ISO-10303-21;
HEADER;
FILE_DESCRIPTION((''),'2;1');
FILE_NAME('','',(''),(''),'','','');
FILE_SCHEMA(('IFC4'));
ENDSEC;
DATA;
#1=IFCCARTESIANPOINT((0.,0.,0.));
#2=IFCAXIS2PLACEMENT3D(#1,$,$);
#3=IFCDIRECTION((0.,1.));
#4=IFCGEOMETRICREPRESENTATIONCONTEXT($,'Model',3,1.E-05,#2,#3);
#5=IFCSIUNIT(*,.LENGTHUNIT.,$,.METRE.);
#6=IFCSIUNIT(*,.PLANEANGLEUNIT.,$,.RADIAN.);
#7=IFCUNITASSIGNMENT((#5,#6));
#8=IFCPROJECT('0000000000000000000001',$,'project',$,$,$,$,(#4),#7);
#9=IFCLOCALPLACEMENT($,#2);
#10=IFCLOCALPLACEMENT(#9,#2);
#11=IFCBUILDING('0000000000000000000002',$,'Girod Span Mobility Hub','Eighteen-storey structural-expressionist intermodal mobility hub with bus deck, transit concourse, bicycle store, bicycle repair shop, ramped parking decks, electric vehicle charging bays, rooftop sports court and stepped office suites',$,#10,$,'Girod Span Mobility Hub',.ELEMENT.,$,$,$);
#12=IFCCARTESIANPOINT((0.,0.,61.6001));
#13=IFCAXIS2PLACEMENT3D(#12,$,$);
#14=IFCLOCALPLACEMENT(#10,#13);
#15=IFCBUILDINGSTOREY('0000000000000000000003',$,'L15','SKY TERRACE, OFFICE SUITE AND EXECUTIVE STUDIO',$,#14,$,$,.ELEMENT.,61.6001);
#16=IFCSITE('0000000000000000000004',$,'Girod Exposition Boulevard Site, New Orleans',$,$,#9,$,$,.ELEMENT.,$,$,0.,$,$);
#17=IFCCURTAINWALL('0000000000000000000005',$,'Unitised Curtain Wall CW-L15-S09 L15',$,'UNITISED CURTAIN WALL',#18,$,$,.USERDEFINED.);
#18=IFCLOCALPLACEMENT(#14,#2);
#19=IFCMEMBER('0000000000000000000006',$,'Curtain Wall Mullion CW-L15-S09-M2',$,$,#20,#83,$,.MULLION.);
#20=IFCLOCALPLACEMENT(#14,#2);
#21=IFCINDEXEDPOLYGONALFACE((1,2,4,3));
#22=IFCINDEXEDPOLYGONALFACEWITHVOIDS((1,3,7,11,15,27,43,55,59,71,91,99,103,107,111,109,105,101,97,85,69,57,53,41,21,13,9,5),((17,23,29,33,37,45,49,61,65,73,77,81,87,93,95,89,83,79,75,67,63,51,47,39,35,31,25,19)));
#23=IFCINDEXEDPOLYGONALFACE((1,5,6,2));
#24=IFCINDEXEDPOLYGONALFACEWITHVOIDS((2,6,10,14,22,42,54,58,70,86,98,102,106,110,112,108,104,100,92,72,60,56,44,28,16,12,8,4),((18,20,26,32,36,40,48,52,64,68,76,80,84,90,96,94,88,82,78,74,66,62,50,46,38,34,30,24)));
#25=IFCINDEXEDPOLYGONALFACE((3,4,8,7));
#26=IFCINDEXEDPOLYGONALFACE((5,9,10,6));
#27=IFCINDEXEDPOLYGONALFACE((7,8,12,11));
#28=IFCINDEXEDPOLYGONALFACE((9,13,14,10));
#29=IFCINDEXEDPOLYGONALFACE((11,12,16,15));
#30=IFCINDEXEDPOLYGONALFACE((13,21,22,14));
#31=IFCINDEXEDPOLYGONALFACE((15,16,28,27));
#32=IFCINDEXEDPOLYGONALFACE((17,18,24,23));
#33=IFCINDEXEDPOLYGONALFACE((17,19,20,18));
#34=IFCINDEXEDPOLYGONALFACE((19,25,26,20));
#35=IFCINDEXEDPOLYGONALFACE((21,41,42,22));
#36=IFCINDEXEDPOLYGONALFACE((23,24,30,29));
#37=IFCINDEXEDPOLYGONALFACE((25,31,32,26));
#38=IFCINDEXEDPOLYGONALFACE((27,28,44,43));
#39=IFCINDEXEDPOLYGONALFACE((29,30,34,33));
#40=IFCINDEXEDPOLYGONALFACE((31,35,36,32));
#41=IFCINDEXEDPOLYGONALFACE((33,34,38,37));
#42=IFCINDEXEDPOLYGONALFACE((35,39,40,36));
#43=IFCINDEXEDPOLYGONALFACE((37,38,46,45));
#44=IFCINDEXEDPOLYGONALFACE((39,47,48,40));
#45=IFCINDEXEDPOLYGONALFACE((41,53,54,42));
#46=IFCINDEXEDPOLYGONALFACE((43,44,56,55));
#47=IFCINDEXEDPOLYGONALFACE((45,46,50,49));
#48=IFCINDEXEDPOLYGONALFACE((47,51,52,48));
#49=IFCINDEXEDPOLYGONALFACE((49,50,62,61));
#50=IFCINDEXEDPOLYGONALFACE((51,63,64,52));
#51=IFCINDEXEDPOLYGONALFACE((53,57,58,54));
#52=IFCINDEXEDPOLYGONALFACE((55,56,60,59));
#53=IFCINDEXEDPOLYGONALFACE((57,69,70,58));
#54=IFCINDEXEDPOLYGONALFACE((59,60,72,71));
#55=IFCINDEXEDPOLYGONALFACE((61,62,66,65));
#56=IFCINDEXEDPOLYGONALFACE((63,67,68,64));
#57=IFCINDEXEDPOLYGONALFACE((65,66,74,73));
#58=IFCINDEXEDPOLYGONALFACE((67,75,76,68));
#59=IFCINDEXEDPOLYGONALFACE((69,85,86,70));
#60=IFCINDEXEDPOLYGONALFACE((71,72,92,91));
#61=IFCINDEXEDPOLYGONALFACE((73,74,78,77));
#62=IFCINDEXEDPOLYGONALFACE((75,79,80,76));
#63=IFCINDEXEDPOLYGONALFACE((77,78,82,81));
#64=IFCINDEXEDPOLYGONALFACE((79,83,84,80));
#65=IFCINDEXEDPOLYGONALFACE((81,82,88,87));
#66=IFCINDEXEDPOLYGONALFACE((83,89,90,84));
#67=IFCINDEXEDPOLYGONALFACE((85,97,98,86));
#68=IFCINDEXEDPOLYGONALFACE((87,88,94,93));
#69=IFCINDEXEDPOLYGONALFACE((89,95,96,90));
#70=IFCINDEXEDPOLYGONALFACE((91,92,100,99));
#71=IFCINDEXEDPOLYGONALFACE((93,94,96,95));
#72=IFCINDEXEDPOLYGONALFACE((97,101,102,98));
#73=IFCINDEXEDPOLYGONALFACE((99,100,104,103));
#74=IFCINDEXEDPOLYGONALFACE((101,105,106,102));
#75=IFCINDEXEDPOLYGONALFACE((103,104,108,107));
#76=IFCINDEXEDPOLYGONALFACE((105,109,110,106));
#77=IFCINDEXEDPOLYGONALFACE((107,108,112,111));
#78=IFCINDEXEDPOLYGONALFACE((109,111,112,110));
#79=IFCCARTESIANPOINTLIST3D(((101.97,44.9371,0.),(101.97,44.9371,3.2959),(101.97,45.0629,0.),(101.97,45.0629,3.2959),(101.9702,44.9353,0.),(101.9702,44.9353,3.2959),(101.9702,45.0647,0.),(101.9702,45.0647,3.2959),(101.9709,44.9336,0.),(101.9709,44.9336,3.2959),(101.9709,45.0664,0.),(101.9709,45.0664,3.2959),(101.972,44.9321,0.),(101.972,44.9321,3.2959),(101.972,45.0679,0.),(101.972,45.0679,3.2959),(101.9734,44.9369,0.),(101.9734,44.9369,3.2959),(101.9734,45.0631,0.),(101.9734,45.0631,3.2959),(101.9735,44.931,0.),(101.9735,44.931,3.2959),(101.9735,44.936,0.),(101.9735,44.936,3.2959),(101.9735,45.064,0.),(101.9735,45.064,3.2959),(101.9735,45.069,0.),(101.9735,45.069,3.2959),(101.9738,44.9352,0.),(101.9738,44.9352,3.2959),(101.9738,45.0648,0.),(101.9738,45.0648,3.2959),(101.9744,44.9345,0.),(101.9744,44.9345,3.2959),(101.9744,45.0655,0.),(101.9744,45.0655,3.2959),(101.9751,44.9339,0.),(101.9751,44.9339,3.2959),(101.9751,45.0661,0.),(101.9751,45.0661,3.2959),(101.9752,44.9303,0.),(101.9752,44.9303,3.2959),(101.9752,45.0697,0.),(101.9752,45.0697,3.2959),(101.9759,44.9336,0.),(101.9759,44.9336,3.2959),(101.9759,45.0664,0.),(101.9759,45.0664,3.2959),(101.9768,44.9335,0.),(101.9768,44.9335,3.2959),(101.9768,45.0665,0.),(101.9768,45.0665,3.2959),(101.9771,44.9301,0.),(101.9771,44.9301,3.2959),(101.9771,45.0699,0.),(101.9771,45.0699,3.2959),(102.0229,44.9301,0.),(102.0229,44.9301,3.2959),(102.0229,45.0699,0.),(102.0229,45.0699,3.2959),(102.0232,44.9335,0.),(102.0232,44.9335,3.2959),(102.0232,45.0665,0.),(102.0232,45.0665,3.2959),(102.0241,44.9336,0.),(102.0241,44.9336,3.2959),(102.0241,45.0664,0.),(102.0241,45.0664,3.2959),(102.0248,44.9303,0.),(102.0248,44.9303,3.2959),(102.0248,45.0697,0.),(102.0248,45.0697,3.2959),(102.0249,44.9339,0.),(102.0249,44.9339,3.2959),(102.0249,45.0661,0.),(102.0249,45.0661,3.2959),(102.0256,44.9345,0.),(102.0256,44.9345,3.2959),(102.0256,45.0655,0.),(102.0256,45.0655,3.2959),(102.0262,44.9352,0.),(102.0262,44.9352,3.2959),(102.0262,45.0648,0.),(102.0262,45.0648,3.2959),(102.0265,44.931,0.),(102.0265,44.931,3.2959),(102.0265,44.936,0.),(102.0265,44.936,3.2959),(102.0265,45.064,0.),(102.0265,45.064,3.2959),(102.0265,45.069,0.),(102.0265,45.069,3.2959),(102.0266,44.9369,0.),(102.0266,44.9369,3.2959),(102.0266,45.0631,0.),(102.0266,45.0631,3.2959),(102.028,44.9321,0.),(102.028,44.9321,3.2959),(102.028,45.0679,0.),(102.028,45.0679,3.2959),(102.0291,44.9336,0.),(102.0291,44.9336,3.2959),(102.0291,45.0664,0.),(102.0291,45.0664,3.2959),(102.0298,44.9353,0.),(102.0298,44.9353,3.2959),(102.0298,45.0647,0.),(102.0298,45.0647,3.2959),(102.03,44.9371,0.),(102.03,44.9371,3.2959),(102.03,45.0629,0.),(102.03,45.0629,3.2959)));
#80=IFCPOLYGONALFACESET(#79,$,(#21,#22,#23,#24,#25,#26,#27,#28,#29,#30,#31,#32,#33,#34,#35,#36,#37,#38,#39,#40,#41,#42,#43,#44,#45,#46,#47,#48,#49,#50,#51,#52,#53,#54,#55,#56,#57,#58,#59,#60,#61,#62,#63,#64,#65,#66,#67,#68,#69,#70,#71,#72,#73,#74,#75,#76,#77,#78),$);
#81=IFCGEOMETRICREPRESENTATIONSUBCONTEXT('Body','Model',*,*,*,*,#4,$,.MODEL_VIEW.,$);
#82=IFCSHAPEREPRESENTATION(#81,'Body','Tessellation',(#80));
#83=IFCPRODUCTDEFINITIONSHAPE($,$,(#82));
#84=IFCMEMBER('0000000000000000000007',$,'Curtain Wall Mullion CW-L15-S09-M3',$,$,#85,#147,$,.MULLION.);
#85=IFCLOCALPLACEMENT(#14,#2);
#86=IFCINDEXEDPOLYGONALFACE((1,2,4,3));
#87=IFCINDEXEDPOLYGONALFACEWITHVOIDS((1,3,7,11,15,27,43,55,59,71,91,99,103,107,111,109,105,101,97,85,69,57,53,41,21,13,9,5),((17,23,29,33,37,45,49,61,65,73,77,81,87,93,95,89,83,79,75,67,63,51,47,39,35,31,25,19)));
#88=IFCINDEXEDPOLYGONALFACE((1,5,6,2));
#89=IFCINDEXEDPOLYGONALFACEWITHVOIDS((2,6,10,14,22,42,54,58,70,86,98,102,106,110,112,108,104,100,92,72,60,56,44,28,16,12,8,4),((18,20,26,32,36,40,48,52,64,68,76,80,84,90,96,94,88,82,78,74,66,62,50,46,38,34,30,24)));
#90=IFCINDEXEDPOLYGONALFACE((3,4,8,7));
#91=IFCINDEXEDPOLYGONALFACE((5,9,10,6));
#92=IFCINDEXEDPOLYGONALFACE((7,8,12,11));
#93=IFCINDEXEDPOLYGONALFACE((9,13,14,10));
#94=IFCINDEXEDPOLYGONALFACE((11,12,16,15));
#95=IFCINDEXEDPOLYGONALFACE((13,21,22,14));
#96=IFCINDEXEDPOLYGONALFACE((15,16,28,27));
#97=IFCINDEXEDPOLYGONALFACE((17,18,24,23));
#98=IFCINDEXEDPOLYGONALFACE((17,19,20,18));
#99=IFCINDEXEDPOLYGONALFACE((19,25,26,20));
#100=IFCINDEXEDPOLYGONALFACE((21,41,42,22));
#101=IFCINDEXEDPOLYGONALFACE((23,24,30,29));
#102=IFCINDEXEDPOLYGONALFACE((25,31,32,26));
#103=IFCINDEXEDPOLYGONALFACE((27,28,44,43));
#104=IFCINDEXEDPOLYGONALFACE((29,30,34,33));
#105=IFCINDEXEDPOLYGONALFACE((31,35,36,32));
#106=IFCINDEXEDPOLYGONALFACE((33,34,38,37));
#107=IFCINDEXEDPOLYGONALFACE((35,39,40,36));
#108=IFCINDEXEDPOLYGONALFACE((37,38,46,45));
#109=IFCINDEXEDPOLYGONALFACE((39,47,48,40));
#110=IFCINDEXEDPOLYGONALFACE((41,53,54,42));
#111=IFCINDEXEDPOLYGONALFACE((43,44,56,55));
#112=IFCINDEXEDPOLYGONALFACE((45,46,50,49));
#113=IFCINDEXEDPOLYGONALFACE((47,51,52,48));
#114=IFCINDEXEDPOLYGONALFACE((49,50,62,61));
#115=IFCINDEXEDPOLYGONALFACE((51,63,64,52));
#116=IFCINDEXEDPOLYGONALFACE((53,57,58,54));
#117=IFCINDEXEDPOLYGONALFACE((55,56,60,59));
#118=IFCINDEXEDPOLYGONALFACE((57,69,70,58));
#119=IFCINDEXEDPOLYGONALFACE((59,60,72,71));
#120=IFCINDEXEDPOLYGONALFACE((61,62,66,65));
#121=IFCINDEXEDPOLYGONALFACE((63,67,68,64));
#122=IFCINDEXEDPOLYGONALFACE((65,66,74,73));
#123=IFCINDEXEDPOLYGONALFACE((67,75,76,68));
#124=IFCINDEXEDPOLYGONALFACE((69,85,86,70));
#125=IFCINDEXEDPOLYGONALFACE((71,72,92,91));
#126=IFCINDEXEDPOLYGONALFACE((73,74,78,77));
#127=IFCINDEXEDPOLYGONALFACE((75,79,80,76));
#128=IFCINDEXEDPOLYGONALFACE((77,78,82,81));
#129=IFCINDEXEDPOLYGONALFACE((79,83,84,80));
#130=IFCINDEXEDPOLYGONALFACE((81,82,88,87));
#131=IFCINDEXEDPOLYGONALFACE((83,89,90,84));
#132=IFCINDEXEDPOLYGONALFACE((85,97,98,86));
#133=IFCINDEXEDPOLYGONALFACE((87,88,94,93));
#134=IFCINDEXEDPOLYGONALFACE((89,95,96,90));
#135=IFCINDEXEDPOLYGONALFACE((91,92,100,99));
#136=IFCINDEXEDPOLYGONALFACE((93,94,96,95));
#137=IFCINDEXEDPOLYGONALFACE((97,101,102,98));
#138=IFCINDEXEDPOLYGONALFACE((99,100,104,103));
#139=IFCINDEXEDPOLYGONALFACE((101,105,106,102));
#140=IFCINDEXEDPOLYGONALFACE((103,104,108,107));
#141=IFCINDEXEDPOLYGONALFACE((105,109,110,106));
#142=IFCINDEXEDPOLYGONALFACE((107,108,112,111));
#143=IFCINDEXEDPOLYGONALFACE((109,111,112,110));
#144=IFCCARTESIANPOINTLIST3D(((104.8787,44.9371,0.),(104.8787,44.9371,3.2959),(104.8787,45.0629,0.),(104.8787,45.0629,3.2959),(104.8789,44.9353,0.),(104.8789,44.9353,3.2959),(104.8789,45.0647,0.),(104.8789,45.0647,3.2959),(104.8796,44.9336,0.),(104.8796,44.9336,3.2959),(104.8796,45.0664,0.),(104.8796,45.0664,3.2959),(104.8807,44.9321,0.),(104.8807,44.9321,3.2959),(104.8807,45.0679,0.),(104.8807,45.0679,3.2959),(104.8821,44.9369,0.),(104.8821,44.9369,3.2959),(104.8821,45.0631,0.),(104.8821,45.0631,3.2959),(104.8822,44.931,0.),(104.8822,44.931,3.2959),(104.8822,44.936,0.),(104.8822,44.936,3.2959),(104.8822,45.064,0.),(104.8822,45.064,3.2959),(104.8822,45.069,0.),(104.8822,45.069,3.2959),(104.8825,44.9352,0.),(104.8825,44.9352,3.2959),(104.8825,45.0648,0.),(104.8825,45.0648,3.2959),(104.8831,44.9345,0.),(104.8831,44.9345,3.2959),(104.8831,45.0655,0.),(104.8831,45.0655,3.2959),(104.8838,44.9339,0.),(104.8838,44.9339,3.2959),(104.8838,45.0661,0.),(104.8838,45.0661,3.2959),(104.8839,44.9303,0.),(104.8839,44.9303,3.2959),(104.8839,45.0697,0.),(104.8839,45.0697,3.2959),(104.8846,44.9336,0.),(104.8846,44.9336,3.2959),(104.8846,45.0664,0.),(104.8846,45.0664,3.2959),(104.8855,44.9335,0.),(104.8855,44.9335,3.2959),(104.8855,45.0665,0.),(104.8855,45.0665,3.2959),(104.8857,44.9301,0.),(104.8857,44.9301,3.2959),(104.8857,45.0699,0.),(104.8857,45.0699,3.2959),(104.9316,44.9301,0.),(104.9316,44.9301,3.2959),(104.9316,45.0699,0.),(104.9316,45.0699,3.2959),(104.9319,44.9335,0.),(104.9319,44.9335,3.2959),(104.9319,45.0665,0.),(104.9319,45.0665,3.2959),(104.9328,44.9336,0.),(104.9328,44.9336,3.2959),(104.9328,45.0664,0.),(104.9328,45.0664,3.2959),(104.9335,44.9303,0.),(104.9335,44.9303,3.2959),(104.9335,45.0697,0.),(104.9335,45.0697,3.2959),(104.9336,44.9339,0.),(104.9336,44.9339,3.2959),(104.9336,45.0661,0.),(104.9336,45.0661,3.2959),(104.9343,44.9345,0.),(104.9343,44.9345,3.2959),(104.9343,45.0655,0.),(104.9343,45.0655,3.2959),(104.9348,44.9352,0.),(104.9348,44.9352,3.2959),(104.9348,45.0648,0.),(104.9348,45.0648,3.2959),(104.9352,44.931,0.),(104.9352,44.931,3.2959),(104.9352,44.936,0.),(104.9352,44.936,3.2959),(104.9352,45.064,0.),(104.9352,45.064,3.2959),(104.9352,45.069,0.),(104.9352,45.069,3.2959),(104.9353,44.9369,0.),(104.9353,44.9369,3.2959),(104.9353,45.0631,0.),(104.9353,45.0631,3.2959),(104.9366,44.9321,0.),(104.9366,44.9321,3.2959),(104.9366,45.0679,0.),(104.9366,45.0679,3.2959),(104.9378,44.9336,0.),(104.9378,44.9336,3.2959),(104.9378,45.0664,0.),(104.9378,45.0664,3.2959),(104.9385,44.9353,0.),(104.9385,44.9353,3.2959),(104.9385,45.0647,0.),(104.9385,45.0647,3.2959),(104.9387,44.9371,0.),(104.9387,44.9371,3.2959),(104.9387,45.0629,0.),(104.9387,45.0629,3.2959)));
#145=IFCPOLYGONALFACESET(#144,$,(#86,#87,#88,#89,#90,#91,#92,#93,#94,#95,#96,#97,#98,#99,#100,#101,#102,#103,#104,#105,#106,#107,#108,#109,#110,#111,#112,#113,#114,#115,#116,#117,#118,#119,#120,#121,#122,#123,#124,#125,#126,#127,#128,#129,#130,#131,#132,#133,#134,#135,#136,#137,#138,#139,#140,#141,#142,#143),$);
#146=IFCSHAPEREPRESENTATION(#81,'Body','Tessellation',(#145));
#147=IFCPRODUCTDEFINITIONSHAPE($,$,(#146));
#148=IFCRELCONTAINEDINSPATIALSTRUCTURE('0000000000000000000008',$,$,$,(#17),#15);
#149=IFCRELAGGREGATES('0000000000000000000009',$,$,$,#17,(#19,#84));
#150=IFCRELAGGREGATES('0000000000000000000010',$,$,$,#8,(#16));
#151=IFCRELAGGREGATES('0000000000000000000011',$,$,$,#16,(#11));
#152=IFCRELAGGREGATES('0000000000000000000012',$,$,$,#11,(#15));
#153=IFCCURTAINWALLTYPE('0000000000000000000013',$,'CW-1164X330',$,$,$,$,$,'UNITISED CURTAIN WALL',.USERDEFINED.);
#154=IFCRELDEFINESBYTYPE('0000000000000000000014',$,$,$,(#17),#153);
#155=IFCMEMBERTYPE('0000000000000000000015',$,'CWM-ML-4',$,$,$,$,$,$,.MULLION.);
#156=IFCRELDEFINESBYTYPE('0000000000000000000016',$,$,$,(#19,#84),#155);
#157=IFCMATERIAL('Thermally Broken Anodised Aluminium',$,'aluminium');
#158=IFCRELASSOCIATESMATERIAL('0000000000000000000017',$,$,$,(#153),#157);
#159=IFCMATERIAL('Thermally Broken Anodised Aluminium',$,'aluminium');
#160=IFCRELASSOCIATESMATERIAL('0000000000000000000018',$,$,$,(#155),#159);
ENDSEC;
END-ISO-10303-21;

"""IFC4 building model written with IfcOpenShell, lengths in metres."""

from ifc_helpers import new_model, si_unit, direction, frame, origin, origin_2d, place, context, subcontext, project, spatial, hollow_rectangle, extrude, material, material_profile, profile_set, type_object, element, aggregate, save


model = new_model("IFC4")

# Units and contexts
model_context = context("Model", 3, precision=1e-05, world=origin(), true_north=direction((0.0, 1.0)))
body_context = subcontext(model_context, "Body", "Model", "MODEL_VIEW")
ifc_project = project(units=[si_unit("LENGTHUNIT", "METRE"), si_unit("PLANEANGLEUNIT", "RADIAN")], contexts=[model_context])

# Site, building, storey
site_placement = place(None, origin())
site = spatial("IfcSite", under=ifc_project, at=site_placement, Name="Girod Exposition Boulevard Site, New Orleans", CompositionType="ELEMENT", RefElevation=0.0)
building_placement = place(site_placement, origin())
building = spatial("IfcBuilding", under=site, at=building_placement, Name="Girod Span Mobility Hub", Description="Eighteen-storey structural-expressionist intermodal mobility hub with bus deck, transit concourse, bicycle store, bicycle repair shop, ramped parking decks, electric vehicle charging bays, rooftop sports court and stepped office suites", LongName="Girod Span Mobility Hub", CompositionType="ELEMENT")
storey_placement = place(building_placement, frame((0.0, 0.0, 61.6001)))
storey = spatial("IfcBuildingStorey", under=building, at=storey_placement, Name="L15", Description="SKY TERRACE, OFFICE SUITE AND EXECUTIVE STUDIO", CompositionType="ELEMENT", Elevation=61.6001)

# Curtain wall, members
ifc_material_1 = material(Name="Thermally Broken Anodised Aluminium", Category="aluminium")
curtain_wall_type = type_object("IfcCurtainWallType", Name="CW-1164X330", ElementType="UNITISED CURTAIN WALL", PredefinedType="USERDEFINED", material=ifc_material_1)
curtain_wall_placement = place(storey_placement, origin())
curtain_wall = element("IfcCurtainWall", 1, at=curtain_wall_placement, inside=storey, type_object=curtain_wall_type, Name="Unitised Curtain Wall CW-L15-S09 L15", ObjectType="UNITISED CURTAIN WALL", PredefinedType="USERDEFINED")
ifc_material_2 = material(Name="Thermally Broken Anodised Aluminium", Category="aluminium")
ifc_material_profile_1 = material_profile(ifc_material_2, hollow_rectangle(XDim=0.1399, YDim=0.0601, WallThickness=0.0034, InnerFilletRadius=0.0034, OuterFilletRadius=0.0071, at=origin_2d()), Name="CW-ML-60X140")
ifc_profile_set_1 = profile_set([ifc_material_profile_1], Name="Thermally Broken Anodised Aluminium")
member_type = type_object("IfcMemberType", Name="CWM-ML-4", PredefinedType="MULLION", material=ifc_profile_set_1)
member_1_placement = place(storey_placement, frame((102.0, 45.0, 0.0), z_axis=(0.0, 0.0, 1.0), x_axis=(0.0, 1.0, 0.0)))
member_1 = element("IfcMember", 2, at=member_1_placement, type_object=member_type, Name="Curtain Wall Mullion CW-L15-S09-M2", PredefinedType="MULLION", context=body_context, shape_type="SweptSolid", body=[
    extrude(hollow_rectangle(XDim=0.1399, YDim=0.0601, WallThickness=0.0034, InnerFilletRadius=0.0034, OuterFilletRadius=0.0071, at=origin_2d()), origin(), (0.0, 0.0, 1.0), 3.2959),
])
member_2_placement = place(storey_placement, frame((104.9087, 45.0, 0.0), z_axis=(0.0, 0.0, 1.0), x_axis=(0.0, 1.0, 0.0)))
member_2 = element("IfcMember", 3, at=member_2_placement, type_object=member_type, Name="Curtain Wall Mullion CW-L15-S09-M3", PredefinedType="MULLION", context=body_context, shape_type="SweptSolid", body=[
    extrude(hollow_rectangle(XDim=0.1399, YDim=0.0601, WallThickness=0.0034, InnerFilletRadius=0.0034, OuterFilletRadius=0.0071, at=origin_2d()), origin(), (0.0, 0.0, 1.0), 3.2959),
])
aggregate(curtain_wall, [member_1, member_2])

save(model, "model.ifc")
